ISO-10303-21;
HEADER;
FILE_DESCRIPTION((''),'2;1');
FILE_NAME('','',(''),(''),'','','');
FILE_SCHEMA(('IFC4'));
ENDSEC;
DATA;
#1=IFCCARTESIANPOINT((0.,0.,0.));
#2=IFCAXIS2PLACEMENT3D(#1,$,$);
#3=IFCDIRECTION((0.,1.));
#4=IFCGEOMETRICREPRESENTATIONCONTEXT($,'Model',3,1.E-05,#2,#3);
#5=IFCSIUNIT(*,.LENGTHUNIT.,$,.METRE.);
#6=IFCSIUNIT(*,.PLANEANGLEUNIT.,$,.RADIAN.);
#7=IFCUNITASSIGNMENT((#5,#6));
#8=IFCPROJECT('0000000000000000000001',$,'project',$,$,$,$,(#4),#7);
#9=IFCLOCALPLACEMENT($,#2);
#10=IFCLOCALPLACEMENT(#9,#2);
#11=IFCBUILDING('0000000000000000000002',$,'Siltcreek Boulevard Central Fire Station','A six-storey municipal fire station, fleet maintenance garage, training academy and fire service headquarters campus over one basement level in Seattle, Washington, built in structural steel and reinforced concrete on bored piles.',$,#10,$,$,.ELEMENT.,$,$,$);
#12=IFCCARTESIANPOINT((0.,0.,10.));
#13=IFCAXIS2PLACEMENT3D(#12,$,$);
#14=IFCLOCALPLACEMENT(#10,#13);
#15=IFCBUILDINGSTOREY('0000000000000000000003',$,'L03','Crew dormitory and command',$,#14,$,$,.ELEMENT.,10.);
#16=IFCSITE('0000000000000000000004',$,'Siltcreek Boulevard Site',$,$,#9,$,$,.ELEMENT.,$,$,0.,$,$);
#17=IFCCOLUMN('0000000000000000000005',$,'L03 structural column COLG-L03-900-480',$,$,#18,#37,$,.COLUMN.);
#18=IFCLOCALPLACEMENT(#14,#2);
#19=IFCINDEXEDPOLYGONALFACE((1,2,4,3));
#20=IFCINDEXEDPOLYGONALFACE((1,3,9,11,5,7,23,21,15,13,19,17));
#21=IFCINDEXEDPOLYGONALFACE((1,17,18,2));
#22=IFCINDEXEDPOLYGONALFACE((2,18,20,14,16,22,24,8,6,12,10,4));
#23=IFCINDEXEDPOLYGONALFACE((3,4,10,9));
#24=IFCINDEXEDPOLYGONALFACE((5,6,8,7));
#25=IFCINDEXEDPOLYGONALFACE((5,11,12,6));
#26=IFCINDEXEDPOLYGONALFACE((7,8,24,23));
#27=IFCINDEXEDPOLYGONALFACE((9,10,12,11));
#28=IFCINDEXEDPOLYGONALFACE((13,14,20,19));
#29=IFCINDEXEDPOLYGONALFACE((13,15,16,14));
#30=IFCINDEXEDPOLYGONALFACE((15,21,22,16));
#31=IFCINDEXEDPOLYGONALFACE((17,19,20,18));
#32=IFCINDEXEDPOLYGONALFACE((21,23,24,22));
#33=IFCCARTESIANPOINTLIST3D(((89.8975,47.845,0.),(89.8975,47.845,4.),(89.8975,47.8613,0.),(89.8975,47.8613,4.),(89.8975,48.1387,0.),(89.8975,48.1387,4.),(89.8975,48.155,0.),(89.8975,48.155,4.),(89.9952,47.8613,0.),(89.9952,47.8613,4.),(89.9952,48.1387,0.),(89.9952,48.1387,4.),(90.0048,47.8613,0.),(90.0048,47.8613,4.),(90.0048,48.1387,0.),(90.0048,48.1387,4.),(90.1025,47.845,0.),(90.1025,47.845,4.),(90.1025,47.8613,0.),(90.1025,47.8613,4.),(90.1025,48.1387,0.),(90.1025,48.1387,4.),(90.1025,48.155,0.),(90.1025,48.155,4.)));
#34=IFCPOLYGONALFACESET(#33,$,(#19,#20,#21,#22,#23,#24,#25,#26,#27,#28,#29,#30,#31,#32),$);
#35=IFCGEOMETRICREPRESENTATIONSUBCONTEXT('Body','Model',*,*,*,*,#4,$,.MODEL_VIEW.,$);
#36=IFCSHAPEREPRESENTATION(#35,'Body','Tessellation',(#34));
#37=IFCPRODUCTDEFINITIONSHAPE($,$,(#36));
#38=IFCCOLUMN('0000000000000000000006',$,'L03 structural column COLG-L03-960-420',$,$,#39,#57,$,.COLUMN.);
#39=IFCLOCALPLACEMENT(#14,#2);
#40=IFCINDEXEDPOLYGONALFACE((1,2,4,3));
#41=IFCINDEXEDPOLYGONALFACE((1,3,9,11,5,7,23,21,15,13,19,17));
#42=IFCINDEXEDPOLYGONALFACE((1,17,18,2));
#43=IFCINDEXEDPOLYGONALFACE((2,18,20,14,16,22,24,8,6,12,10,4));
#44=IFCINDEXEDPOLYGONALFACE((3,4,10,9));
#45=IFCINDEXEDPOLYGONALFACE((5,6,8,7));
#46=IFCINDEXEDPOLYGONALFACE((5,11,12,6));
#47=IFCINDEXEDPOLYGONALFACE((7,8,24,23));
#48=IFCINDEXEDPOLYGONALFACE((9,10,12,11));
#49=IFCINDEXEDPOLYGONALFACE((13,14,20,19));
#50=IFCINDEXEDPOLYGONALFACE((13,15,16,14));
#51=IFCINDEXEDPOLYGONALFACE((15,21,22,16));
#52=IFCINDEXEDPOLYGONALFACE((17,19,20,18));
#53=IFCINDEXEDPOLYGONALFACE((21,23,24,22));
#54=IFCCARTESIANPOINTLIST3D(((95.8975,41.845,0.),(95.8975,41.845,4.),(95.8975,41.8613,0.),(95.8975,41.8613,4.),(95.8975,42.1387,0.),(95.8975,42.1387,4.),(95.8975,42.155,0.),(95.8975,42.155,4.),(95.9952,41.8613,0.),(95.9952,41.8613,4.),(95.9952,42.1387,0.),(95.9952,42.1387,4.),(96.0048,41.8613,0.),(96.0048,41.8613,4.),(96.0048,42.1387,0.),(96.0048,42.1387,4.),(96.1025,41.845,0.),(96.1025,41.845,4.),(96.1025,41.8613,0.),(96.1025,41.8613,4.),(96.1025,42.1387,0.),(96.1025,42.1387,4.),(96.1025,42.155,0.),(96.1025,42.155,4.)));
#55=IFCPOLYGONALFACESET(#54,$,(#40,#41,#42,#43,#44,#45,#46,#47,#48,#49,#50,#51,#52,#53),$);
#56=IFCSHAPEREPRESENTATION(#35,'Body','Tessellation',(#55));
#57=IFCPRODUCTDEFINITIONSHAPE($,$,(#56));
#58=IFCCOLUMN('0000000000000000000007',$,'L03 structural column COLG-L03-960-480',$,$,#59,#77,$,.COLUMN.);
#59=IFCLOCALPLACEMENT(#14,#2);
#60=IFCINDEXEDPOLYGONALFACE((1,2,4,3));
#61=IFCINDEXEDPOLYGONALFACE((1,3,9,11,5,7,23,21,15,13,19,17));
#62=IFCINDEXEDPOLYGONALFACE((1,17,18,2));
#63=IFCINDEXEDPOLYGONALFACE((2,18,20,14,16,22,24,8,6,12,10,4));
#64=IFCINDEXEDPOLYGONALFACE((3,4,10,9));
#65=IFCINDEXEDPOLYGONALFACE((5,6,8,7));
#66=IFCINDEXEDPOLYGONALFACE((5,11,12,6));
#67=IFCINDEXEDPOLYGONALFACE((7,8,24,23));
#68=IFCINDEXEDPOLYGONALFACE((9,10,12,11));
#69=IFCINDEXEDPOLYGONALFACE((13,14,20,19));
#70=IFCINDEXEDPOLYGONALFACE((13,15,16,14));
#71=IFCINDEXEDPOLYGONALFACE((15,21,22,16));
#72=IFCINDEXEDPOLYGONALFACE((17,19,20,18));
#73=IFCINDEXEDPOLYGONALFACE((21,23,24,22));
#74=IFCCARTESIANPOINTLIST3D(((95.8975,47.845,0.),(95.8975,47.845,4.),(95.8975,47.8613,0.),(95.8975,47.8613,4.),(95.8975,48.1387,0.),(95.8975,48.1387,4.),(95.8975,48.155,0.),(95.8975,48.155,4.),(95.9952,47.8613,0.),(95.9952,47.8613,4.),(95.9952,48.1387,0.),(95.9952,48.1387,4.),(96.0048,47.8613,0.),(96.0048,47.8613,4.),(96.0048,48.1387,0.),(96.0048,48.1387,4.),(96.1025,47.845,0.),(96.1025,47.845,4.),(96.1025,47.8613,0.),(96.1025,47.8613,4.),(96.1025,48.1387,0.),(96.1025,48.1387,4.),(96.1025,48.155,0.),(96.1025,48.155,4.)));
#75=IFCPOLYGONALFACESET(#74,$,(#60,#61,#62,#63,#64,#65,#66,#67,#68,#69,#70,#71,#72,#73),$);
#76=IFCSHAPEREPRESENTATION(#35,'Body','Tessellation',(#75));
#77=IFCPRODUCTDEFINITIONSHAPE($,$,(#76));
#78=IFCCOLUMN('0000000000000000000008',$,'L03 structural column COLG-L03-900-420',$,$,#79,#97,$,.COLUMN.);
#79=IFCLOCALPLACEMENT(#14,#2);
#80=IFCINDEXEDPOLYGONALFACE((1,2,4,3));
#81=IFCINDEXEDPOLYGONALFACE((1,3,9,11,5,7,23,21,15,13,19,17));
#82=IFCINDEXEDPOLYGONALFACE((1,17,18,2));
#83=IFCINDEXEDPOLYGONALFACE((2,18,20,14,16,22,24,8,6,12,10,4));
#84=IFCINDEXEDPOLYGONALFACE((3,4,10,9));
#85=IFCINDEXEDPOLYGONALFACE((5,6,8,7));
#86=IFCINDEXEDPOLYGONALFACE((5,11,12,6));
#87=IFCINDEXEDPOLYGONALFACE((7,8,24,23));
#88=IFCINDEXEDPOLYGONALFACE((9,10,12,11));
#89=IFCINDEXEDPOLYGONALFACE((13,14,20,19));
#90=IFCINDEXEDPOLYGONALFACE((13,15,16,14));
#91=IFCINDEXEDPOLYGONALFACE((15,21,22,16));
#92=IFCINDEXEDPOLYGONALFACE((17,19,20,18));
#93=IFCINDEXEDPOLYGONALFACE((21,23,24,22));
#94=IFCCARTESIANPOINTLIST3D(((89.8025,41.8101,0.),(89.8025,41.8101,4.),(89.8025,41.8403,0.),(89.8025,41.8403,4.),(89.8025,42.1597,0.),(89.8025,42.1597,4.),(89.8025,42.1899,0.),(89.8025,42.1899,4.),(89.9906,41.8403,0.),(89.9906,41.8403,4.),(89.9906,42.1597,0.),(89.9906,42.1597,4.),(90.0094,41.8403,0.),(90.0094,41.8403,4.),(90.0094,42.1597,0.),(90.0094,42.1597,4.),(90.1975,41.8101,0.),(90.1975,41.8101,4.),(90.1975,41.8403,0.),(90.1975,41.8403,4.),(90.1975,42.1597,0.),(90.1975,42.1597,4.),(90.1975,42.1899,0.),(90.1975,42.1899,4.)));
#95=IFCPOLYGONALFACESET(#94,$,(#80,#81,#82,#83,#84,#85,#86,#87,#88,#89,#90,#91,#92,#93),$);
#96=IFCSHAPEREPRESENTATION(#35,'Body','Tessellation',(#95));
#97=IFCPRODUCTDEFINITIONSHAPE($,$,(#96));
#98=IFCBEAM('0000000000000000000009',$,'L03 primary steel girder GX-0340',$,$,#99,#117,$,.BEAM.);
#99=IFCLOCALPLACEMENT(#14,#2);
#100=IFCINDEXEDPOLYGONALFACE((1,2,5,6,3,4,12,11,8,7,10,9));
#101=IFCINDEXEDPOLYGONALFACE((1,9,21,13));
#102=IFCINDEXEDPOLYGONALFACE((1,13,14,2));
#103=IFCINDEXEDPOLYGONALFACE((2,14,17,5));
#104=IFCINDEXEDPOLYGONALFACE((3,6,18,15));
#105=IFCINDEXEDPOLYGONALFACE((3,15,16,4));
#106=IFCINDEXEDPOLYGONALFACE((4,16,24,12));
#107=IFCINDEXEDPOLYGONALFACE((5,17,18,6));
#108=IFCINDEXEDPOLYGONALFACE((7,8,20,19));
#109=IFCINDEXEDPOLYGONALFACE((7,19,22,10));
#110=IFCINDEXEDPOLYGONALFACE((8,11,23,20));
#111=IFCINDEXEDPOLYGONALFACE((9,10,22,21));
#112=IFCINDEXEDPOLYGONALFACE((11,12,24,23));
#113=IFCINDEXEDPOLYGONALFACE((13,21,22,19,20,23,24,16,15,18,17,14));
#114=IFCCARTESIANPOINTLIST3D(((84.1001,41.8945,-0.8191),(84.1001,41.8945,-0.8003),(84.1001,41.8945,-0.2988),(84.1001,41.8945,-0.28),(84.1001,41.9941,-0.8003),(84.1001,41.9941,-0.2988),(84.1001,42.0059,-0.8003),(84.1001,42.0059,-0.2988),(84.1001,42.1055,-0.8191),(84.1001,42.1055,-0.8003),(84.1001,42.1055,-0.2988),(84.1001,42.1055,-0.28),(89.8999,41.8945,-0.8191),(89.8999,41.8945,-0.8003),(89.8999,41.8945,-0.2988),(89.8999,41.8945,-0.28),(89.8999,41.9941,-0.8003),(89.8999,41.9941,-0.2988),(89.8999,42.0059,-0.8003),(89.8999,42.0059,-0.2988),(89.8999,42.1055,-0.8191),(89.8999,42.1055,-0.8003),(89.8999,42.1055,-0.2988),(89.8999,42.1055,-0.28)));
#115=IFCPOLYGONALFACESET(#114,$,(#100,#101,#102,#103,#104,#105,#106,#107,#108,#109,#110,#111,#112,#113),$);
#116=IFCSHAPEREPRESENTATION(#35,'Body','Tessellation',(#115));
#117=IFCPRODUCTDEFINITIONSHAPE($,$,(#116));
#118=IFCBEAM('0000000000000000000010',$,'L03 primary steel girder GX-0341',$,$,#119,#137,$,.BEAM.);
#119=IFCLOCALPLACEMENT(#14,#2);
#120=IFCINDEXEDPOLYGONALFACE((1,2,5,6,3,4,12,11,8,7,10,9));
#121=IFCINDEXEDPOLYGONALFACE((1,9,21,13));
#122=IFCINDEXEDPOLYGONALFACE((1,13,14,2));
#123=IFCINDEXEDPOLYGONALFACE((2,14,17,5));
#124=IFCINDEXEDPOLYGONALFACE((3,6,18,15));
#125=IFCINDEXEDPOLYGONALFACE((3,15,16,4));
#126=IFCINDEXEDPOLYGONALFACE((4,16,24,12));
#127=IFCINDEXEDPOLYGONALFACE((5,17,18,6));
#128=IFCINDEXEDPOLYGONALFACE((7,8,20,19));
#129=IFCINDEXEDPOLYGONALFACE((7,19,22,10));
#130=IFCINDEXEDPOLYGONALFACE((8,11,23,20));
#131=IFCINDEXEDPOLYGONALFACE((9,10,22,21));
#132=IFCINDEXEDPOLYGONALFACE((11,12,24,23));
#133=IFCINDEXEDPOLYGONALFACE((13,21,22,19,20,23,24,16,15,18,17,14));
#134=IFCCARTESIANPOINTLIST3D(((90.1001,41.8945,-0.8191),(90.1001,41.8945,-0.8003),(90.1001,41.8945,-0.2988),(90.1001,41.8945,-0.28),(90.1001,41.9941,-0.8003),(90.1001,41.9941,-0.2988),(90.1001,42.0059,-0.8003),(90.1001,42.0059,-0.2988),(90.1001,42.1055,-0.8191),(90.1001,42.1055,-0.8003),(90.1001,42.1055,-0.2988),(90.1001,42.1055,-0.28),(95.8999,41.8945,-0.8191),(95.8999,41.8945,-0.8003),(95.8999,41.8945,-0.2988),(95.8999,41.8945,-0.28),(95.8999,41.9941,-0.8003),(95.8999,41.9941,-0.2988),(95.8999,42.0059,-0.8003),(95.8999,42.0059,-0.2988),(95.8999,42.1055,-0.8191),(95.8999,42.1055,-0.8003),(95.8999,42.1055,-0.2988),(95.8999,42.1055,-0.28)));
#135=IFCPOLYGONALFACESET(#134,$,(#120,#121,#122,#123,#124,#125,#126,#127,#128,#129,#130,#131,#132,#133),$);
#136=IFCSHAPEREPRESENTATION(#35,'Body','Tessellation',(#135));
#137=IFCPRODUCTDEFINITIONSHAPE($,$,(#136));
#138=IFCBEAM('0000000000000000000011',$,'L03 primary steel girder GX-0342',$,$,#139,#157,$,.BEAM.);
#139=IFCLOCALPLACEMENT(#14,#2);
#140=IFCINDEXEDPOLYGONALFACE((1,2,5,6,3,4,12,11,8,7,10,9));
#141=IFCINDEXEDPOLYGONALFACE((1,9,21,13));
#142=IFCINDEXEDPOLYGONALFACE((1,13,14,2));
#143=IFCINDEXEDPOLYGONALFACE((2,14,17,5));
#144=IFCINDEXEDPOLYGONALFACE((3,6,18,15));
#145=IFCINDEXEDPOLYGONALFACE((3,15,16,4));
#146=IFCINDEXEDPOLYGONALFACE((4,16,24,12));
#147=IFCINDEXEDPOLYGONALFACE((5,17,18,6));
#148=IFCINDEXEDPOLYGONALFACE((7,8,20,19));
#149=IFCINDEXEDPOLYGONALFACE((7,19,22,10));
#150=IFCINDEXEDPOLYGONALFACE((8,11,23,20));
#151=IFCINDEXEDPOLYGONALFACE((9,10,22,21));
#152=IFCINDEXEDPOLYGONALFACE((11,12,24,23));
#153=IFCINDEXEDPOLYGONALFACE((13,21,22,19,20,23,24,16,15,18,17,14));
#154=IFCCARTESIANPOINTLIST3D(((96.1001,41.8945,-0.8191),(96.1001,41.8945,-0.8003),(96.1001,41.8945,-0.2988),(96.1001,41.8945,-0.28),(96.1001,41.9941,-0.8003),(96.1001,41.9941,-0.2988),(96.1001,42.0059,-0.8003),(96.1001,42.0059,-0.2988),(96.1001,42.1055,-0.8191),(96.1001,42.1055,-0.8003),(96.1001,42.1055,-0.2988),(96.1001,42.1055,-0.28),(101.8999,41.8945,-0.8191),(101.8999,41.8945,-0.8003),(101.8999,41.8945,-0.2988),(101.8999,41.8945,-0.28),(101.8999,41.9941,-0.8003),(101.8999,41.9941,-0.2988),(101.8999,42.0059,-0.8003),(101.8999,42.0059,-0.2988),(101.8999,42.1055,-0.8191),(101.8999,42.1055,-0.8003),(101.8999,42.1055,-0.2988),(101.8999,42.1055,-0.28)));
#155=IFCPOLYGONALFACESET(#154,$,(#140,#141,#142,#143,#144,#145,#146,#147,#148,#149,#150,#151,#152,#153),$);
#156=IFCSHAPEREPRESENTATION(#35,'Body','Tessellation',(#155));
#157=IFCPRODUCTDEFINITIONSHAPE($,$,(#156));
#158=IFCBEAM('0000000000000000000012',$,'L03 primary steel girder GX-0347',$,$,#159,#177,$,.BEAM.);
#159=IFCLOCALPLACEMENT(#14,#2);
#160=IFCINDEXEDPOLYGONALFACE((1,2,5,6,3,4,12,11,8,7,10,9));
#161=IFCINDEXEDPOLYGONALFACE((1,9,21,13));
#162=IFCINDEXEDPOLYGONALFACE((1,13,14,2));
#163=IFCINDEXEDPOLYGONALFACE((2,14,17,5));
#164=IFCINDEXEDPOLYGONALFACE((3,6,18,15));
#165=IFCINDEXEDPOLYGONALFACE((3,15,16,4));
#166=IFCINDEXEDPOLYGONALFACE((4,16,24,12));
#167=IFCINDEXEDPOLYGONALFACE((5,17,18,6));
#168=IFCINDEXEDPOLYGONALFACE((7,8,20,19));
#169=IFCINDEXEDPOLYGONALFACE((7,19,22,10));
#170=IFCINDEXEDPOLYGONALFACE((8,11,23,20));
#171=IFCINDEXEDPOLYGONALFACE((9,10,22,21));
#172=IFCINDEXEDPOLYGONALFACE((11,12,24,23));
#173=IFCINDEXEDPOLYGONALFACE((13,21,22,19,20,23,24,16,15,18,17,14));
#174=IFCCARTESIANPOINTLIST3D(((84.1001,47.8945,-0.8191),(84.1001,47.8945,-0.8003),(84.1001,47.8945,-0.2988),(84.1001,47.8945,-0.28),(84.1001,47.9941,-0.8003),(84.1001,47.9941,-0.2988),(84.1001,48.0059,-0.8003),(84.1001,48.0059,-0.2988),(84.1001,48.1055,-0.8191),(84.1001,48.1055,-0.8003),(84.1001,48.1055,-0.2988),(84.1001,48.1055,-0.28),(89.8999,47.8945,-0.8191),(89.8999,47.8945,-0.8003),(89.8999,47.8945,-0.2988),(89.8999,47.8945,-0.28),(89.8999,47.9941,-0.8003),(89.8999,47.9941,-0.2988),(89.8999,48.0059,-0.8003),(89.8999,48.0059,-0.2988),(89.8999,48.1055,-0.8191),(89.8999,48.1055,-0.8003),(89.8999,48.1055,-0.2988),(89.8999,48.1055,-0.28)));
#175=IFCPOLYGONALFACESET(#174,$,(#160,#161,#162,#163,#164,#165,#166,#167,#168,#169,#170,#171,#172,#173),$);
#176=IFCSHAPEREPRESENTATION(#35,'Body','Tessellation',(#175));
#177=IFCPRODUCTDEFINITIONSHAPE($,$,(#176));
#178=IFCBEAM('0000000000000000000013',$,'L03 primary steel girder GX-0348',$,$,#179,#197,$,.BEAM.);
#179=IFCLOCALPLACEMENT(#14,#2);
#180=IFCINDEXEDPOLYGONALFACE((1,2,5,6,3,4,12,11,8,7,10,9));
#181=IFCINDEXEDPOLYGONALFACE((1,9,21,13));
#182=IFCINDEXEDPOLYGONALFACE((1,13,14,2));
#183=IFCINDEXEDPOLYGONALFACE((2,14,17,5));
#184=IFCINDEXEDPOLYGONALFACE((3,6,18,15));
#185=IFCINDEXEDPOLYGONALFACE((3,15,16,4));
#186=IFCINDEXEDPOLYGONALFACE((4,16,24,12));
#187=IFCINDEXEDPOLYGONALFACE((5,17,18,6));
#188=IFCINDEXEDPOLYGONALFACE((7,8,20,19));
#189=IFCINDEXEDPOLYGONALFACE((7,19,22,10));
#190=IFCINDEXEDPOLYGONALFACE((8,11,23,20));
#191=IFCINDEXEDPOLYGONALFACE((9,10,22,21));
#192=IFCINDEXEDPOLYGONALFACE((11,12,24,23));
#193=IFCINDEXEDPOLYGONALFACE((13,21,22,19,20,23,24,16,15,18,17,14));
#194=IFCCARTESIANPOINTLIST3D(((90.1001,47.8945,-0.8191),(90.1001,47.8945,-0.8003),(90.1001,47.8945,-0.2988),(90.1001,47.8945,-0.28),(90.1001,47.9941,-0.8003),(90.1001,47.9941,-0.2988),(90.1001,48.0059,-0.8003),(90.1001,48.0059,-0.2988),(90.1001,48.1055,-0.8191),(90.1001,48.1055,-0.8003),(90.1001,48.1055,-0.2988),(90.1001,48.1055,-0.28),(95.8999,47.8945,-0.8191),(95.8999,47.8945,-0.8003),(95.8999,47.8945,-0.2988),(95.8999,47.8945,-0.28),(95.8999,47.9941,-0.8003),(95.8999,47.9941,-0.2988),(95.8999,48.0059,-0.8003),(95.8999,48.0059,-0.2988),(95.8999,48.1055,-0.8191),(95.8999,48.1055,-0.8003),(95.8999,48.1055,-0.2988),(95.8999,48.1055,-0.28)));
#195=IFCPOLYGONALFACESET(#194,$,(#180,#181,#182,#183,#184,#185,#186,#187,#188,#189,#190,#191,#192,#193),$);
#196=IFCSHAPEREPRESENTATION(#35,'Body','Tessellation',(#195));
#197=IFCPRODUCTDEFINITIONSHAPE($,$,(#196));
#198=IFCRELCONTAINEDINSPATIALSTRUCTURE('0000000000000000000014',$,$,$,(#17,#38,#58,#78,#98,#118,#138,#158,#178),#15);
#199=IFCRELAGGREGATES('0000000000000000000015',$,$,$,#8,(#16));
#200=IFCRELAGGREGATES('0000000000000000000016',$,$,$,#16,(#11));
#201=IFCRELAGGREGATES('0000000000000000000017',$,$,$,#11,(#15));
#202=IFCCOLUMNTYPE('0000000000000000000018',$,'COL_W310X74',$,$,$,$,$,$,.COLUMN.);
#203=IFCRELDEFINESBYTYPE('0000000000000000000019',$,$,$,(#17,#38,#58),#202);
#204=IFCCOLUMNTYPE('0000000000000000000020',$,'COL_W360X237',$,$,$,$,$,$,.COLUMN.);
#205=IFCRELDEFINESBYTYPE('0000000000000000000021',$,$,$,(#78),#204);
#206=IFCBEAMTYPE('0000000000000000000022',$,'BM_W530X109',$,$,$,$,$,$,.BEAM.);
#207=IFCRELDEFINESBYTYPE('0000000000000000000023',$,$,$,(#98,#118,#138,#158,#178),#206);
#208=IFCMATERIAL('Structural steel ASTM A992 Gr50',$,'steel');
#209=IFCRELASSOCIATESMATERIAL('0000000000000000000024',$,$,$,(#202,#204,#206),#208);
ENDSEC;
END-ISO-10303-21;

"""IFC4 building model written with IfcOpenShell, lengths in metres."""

from ifc_helpers import new_model, si_unit, direction, frame, origin, origin_2d, place, context, subcontext, project, spatial, i_section, extrude, material, material_profile, profile_set, type_object, element, save


model = new_model("IFC4")

# Units and contexts
model_context = context("Model", 3, precision=1e-05, world=origin(), true_north=direction((0.0, 1.0)))
body_context = subcontext(model_context, "Body", "Model", "MODEL_VIEW")
ifc_project = project(units=[si_unit("LENGTHUNIT", "METRE"), si_unit("PLANEANGLEUNIT", "RADIAN")], contexts=[model_context])

# Site, building, storey
site_placement = place(None, origin())
site = spatial("IfcSite", under=ifc_project, at=site_placement, Name="Siltcreek Boulevard Site", CompositionType="ELEMENT", RefElevation=0.0)
building_placement = place(site_placement, origin())
building = spatial("IfcBuilding", under=site, at=building_placement, Name="Siltcreek Boulevard Central Fire Station", Description="A six-storey municipal fire station, fleet maintenance garage, training academy and fire service headquarters campus over one basement level in Seattle, Washington, built in structural steel and reinforced concrete on bored piles.", CompositionType="ELEMENT")
storey_placement = place(building_placement, frame((0.0, 0.0, 10.0)))
storey = spatial("IfcBuildingStorey", under=building, at=storey_placement, Name="L03", Description="Crew dormitory and command", CompositionType="ELEMENT", Elevation=10.0)

# Columns
ifc_material_1 = material(Name="Structural steel ASTM A992 Gr50", Category="steel")
ifc_material_profile_1 = material_profile(ifc_material_1, i_section(OverallWidth=0.2051, OverallDepth=0.3101, WebThickness=0.0095, FlangeThickness=0.0164, at=origin_2d()), Name="W310X74")
ifc_profile_set_1 = profile_set([ifc_material_profile_1], Name="Structural steel ASTM A992 Gr50")
column_type_1 = type_object("IfcColumnType", Name="COL_W310X74", PredefinedType="COLUMN", material=ifc_profile_set_1)
for number, where, z_axis, x_axis, name in (
    (1, (90.0, 48.0, 0.0), (0.0, 0.0, 1.0), (1.0, 0.0, 0.0), "L03 structural column COLG-L03-900-480"),
    (2, (96.0, 42.0, 0.0), (0.0, 0.0, 1.0), (1.0, 0.0, 0.0), "L03 structural column COLG-L03-960-420"),
    (3, (96.0, 48.0, 0.0), (0.0, 0.0, 1.0), (1.0, 0.0, 0.0), "L03 structural column COLG-L03-960-480"),
):
    element("IfcColumn", number, at=place(storey_placement, frame(where, z_axis=z_axis, x_axis=x_axis)), inside=storey, type_object=column_type_1, Name=name, PredefinedType="COLUMN", context=body_context, shape_type="SweptSolid", body=[
        extrude(i_section(OverallWidth=0.2051, OverallDepth=0.3101, WebThickness=0.0095, FlangeThickness=0.0164, at=origin_2d()), origin(), (0.0, 0.0, 1.0), 4.0),
    ])
ifc_material_profile_2 = material_profile(ifc_material_1, i_section(OverallWidth=0.395, OverallDepth=0.3799, WebThickness=0.0188, FlangeThickness=0.0303, at=origin_2d()), Name="W360X237")
ifc_profile_set_2 = profile_set([ifc_material_profile_2], Name="Structural steel ASTM A992 Gr50")
column_type_2 = type_object("IfcColumnType", Name="COL_W360X237", PredefinedType="COLUMN", material=ifc_profile_set_2)
column_placement = place(storey_placement, frame((90.0, 42.0, 0.0), z_axis=(0.0, 0.0, 1.0), x_axis=(1.0, 0.0, 0.0)))
element("IfcColumn", 4, at=column_placement, inside=storey, type_object=column_type_2, Name="L03 structural column COLG-L03-900-420", PredefinedType="COLUMN", context=body_context, shape_type="SweptSolid", body=[
    extrude(i_section(OverallWidth=0.395, OverallDepth=0.3799, WebThickness=0.0188, FlangeThickness=0.0303, at=origin_2d()), origin(), (0.0, 0.0, 1.0), 4.0),
])

# Beams
ifc_material_profile_3 = material_profile(ifc_material_1, i_section(OverallWidth=0.2109, OverallDepth=0.5391, WebThickness=0.0117, FlangeThickness=0.0188, at=origin_2d()), Name="W530X109")
ifc_profile_set_3 = profile_set([ifc_material_profile_3], Name="Structural steel ASTM A992 Gr50")
beam_type_1 = type_object("IfcBeamType", Name="BM_W530X109", PredefinedType="BEAM", material=ifc_profile_set_3)
for number, where, z_axis, x_axis, name in (
    (5, (84.1001, 42.0, -0.5496), (1.0, 0.0, 0.0), (0.0, 1.0, 0.0), "L03 primary steel girder GX-0340"),
    (6, (90.1001, 42.0, -0.5496), (1.0, 0.0, 0.0), (0.0, 1.0, 0.0), "L03 primary steel girder GX-0341"),
    (7, (96.1001, 42.0, -0.5496), (1.0, 0.0, 0.0), (0.0, 1.0, 0.0), "L03 primary steel girder GX-0342"),
    (8, (84.1001, 48.0, -0.5496), (1.0, 0.0, 0.0), (0.0, 1.0, 0.0), "L03 primary steel girder GX-0347"),
    (9, (90.1001, 48.0, -0.5496), (1.0, 0.0, 0.0), (0.0, 1.0, 0.0), "L03 primary steel girder GX-0348"),
):
    element("IfcBeam", number, at=place(storey_placement, frame(where, z_axis=z_axis, x_axis=x_axis)), inside=storey, type_object=beam_type_1, Name=name, PredefinedType="BEAM", context=body_context, shape_type="SweptSolid", body=[
        extrude(i_section(OverallWidth=0.2109, OverallDepth=0.5391, WebThickness=0.0117, FlangeThickness=0.0188, at=origin_2d()), origin(), (0.0, 0.0, 1.0), 5.7998),
    ])

save(model, "model.ifc")
